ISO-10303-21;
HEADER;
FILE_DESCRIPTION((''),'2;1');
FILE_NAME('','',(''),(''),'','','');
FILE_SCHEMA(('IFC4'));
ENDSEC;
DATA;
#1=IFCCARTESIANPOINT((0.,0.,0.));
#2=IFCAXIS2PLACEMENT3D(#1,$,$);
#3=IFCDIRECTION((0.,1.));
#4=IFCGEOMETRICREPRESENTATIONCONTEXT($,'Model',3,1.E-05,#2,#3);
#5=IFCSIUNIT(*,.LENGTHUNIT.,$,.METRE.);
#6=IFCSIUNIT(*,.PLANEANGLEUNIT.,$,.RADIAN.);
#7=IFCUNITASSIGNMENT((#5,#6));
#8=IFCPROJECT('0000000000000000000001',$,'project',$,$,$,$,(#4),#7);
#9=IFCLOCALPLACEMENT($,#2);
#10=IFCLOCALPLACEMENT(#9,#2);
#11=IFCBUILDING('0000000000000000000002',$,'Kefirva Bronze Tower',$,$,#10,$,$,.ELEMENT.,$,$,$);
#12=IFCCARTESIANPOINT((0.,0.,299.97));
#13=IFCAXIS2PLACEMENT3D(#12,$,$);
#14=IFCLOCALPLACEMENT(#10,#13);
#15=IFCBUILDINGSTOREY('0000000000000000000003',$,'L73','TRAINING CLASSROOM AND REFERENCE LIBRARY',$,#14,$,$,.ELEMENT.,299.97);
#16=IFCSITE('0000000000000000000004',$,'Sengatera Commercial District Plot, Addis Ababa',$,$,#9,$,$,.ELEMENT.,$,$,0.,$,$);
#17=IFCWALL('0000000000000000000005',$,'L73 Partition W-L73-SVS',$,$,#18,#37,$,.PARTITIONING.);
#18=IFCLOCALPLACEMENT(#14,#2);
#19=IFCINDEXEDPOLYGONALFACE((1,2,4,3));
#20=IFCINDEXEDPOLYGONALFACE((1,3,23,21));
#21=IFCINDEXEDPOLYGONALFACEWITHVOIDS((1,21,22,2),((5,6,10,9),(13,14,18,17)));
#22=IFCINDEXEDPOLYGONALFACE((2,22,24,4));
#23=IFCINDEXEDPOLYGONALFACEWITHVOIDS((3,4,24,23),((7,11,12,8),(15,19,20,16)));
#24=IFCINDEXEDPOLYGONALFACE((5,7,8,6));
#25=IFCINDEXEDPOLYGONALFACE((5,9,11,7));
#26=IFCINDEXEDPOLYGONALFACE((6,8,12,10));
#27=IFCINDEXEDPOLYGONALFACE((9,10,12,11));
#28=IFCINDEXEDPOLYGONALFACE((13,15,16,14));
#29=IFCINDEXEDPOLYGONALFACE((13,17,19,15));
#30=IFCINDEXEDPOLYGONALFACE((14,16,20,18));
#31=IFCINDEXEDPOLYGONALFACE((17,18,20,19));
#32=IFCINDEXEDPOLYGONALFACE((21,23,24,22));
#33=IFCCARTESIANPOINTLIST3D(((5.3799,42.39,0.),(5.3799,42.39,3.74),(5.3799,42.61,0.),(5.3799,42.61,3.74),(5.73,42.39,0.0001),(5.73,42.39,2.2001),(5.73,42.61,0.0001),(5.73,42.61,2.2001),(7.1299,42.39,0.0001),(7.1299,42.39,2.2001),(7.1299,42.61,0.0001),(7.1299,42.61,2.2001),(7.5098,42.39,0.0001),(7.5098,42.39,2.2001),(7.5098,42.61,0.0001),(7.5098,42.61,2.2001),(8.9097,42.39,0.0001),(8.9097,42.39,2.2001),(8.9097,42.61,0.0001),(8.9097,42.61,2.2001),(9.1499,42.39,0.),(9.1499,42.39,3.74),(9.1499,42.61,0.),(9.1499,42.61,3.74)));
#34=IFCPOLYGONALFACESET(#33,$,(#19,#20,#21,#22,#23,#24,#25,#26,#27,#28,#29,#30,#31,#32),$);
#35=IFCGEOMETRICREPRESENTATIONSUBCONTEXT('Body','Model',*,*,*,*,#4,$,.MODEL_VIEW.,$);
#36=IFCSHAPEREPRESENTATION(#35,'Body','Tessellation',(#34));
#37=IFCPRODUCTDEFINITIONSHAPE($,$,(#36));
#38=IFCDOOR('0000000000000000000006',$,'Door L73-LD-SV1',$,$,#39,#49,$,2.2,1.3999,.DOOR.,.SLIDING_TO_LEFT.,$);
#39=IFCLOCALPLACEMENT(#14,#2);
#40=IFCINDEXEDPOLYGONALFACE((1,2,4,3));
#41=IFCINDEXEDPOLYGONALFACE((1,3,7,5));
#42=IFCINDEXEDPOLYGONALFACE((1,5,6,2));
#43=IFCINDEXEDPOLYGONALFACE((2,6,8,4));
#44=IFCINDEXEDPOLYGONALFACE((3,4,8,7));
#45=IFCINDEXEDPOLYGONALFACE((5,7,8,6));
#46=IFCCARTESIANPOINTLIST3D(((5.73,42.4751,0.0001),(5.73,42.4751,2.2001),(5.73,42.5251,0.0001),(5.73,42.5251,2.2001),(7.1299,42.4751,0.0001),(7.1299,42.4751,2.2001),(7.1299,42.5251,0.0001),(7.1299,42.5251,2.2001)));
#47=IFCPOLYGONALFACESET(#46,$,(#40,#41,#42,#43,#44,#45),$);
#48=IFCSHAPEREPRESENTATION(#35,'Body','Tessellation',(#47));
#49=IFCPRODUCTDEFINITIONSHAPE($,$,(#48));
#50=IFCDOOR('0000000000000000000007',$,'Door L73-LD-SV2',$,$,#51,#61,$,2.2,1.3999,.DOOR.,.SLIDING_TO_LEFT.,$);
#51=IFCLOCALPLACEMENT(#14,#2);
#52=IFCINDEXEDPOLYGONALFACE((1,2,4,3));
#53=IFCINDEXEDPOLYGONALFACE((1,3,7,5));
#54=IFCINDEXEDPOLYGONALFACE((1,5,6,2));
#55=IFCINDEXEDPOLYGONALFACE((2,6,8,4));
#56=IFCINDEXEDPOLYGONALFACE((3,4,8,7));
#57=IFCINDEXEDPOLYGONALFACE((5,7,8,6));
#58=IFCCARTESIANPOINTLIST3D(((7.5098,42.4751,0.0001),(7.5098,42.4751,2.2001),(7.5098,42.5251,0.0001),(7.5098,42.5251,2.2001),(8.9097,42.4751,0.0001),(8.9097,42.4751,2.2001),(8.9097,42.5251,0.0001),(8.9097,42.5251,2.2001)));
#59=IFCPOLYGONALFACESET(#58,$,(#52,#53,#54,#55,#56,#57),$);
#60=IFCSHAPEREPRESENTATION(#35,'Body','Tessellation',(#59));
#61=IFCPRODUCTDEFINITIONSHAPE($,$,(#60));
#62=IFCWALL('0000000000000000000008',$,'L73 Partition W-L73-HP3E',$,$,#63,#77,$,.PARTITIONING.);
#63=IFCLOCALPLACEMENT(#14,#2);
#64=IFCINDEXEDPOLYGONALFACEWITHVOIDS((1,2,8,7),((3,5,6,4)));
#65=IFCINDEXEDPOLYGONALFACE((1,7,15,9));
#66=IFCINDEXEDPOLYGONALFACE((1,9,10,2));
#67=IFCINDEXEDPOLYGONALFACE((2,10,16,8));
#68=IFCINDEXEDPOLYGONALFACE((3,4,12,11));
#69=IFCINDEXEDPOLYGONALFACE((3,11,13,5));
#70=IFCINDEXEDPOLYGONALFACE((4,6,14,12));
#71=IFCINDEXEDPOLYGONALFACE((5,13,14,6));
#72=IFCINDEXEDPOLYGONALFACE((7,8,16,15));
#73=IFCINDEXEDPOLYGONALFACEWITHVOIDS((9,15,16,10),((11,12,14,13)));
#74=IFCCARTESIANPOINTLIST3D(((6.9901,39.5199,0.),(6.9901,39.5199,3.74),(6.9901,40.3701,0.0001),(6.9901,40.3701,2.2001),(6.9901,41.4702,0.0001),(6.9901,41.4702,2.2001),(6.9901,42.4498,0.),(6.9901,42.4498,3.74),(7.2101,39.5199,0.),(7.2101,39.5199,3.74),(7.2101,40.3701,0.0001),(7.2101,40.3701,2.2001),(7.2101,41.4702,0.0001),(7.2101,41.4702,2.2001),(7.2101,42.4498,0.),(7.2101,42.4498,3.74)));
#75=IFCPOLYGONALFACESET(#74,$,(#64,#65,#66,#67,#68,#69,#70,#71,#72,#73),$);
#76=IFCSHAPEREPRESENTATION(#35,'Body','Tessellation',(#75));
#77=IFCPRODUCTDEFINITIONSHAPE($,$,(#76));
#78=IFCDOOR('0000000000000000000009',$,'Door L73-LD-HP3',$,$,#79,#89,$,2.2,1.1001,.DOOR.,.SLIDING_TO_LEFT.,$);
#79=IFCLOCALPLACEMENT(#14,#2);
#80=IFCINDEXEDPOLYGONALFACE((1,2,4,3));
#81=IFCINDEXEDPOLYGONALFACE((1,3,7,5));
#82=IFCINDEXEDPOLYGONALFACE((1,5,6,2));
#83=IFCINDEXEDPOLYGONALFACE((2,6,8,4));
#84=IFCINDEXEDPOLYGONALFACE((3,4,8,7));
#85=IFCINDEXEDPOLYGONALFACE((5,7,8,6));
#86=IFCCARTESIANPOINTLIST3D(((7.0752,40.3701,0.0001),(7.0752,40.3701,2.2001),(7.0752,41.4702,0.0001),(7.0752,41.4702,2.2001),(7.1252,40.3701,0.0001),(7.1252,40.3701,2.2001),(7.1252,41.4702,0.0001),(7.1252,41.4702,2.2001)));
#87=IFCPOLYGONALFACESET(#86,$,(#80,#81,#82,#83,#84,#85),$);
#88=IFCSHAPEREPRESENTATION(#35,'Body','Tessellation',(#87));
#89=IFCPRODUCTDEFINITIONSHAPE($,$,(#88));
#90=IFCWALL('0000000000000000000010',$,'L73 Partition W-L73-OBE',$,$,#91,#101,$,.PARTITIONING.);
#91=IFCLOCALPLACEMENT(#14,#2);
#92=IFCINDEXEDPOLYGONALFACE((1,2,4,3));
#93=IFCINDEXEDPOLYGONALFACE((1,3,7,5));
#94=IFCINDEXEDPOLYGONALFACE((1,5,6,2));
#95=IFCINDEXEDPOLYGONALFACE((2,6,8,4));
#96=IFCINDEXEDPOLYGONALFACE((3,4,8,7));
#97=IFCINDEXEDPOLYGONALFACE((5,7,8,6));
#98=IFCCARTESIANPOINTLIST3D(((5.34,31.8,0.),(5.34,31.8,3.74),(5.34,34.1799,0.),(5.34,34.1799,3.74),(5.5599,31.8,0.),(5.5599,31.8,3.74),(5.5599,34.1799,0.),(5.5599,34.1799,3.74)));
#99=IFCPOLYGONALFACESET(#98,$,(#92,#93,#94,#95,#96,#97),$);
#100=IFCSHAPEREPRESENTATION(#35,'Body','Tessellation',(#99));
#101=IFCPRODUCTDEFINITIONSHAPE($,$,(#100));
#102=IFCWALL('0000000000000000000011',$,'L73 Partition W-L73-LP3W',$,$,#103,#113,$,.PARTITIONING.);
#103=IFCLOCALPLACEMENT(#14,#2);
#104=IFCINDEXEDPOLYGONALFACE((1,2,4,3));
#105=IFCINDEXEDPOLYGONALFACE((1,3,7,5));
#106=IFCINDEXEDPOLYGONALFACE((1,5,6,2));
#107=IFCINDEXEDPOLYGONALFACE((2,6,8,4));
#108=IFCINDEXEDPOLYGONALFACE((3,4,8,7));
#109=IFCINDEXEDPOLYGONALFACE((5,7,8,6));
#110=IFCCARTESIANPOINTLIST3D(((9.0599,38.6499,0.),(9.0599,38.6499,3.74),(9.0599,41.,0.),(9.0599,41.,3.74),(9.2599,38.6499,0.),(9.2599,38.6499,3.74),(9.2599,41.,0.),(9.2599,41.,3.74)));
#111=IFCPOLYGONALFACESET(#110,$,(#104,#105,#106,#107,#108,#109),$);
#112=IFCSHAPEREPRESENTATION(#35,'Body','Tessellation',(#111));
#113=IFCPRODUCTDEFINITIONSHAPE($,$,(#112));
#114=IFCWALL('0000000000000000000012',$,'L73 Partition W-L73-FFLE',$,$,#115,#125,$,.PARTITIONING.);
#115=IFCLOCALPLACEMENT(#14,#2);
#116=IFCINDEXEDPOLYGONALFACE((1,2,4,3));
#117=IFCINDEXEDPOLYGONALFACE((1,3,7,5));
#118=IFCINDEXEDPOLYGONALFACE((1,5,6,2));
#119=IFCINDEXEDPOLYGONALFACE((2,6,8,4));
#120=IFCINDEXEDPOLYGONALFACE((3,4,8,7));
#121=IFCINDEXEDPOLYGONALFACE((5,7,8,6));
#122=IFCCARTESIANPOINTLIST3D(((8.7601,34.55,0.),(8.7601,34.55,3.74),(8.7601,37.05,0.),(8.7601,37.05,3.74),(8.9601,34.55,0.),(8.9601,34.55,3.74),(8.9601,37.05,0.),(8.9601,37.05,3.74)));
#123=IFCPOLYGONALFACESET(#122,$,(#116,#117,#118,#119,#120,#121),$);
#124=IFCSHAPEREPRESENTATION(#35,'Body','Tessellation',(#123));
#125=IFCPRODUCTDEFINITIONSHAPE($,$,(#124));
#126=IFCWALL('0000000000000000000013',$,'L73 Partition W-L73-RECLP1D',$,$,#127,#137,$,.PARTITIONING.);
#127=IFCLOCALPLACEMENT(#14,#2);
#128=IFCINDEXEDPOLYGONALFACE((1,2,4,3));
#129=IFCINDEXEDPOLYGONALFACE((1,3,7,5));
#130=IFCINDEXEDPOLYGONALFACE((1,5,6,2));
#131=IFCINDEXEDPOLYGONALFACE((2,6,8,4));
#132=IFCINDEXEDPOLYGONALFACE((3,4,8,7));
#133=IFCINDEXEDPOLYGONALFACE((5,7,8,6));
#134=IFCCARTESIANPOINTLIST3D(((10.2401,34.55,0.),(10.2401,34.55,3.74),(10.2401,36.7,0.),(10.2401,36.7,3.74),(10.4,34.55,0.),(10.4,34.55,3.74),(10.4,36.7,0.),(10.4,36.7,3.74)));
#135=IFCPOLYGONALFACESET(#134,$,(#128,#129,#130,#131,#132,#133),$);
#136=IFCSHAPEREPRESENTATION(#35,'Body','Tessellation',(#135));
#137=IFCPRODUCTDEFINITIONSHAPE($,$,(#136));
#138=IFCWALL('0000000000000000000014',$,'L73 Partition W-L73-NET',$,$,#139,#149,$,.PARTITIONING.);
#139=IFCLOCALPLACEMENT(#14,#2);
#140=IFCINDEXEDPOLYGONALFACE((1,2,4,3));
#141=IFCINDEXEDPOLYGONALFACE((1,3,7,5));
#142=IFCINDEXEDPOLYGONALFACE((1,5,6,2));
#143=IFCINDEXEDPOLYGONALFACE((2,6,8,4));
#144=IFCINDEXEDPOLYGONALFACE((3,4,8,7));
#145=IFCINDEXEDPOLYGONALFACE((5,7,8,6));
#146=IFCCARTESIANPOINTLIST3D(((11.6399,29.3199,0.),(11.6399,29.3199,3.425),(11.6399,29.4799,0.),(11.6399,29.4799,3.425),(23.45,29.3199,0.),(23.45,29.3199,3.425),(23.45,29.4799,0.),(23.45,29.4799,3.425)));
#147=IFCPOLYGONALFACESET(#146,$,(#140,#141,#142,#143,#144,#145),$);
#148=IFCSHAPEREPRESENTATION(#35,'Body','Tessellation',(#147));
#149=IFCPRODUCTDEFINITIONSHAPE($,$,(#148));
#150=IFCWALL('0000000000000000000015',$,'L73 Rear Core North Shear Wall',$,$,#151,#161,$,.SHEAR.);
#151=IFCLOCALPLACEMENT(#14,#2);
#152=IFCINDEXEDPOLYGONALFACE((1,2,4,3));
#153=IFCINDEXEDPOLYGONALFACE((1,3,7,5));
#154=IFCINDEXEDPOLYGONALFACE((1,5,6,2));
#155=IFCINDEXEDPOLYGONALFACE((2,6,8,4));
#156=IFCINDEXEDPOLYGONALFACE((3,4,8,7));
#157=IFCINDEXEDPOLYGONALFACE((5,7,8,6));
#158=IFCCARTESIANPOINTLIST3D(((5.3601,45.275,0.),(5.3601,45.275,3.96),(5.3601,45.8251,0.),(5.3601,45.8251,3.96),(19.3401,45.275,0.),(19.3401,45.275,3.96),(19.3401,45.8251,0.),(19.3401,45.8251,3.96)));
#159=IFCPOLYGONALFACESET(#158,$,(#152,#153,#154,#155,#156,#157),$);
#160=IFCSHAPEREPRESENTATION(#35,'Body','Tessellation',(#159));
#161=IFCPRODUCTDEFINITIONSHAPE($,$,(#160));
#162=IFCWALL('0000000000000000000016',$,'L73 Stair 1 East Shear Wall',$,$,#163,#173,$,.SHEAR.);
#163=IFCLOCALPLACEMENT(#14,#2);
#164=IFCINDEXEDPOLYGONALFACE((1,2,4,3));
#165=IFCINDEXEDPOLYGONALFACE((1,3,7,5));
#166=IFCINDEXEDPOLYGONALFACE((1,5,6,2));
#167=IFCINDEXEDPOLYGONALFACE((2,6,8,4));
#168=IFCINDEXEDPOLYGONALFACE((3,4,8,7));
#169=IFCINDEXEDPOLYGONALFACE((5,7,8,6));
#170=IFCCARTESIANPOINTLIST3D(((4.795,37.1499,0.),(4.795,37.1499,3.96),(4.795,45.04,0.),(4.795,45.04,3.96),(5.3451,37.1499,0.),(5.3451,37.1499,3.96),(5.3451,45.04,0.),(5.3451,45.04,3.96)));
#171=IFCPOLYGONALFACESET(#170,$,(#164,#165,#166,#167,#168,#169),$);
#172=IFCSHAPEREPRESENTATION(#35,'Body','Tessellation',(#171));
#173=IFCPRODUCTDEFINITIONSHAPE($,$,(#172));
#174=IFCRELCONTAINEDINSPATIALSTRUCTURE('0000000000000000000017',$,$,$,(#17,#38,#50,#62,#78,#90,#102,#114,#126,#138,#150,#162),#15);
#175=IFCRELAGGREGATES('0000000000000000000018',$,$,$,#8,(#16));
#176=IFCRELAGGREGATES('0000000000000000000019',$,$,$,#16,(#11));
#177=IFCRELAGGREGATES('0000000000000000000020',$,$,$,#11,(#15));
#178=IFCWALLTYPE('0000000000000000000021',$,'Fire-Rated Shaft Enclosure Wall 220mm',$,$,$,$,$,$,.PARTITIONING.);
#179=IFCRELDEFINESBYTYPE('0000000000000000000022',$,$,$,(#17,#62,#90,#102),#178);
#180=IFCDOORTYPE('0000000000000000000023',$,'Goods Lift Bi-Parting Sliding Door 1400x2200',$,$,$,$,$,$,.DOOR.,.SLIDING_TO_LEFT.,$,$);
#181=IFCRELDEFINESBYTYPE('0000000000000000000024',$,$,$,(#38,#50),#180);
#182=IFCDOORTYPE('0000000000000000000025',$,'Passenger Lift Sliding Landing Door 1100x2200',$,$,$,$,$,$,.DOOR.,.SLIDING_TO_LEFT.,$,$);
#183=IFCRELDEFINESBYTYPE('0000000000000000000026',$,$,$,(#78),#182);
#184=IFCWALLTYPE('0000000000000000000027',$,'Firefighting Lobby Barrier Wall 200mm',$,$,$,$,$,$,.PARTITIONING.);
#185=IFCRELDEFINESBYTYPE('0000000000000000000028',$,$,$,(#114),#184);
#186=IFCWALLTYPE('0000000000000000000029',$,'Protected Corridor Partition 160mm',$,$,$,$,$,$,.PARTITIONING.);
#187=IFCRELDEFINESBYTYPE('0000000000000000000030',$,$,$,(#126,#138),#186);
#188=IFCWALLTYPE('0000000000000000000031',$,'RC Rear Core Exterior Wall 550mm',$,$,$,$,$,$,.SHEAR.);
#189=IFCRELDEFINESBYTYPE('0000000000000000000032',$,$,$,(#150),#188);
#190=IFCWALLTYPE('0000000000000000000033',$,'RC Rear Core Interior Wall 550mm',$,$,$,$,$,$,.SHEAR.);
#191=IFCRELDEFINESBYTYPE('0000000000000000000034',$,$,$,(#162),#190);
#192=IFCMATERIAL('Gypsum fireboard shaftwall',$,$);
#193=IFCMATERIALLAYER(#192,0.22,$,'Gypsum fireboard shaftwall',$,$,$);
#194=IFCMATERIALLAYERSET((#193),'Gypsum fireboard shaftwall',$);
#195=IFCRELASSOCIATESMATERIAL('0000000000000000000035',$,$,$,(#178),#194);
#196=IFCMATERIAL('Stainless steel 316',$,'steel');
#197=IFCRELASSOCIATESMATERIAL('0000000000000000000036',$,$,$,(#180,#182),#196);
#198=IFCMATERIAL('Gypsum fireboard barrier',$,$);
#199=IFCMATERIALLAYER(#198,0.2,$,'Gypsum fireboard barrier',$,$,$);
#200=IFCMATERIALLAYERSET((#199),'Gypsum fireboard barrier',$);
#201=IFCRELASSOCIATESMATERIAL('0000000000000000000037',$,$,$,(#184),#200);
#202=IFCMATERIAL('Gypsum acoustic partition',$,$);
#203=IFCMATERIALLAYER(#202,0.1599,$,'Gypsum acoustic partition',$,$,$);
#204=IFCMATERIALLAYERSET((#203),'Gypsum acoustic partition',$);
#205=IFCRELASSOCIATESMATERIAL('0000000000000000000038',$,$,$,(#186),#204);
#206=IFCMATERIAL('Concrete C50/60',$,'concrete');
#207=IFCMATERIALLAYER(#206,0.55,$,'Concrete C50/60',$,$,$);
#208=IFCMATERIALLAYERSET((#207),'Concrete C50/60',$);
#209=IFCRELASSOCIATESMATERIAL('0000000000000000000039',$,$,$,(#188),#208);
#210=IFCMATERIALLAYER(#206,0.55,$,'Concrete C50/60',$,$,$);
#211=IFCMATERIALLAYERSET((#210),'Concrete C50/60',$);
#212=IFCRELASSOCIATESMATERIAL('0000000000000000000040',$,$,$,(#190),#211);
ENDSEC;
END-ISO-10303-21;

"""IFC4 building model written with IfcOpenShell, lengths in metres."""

from ifc_helpers import new_model, si_unit, direction, frame, frame_2d, origin, place, context, subcontext, project, spatial, rectangle, extrude, material, layer, layer_set, type_object, element, fill, save


model = new_model("IFC4")

# Units and contexts
model_context = context("Model", 3, precision=1e-05, world=origin(), true_north=direction((0.0, 1.0)))
body_context = subcontext(model_context, "Body", "Model", "MODEL_VIEW")
ifc_project = project(units=[si_unit("LENGTHUNIT", "METRE"), si_unit("PLANEANGLEUNIT", "RADIAN")], contexts=[model_context])

# Site, building, storey
site_placement = place(None, origin())
site = spatial("IfcSite", under=ifc_project, at=site_placement, Name="Sengatera Commercial District Plot, Addis Ababa", CompositionType="ELEMENT", RefElevation=0.0)
building_placement = place(site_placement, origin())
building = spatial("IfcBuilding", under=site, at=building_placement, Name="Kefirva Bronze Tower", CompositionType="ELEMENT")
storey_placement = place(building_placement, frame((0.0, 0.0, 299.97)))
storey = spatial("IfcBuildingStorey", under=building, at=storey_placement, Name="L73", Description="TRAINING CLASSROOM AND REFERENCE LIBRARY", CompositionType="ELEMENT", Elevation=299.97)

# Shared definitions
ifc_material_1 = material(Name="Concrete C50/60", Category="concrete")

# Shared definitions
ifc_material_2 = material(Name="Gypsum fireboard shaftwall")
ifc_layer_1 = layer(ifc_material_2, 0.22, Name="Gypsum fireboard shaftwall")
ifc_layer_set_1 = layer_set([ifc_layer_1], Name="Gypsum fireboard shaftwall")
wall_type_1 = type_object("IfcWallType", Name="Fire-Rated Shaft Enclosure Wall 220mm", PredefinedType="PARTITIONING", material=ifc_layer_set_1)
ifc_material_3 = material(Name="Stainless steel 316", Category="steel")

# Wall, openings, doors
wall_1_placement = place(storey_placement, frame((5.3799, 42.5, 0.0), z_axis=(0.0, 0.0, 1.0), x_axis=(1.0, 0.0, 0.0)))
wall_1 = element("IfcWall", 1, at=wall_1_placement, inside=storey, type_object=wall_type_1, Name="L73 Partition W-L73-SVS", PredefinedType="PARTITIONING", context=body_context, shape_type="SweptSolid", body=[
    extrude(rectangle(XDim=3.77, YDim=0.22, at=frame_2d((1.885, 0.0))), origin(), (0.0, 0.0, 1.0), 3.74),
])
opening_1_placement = place(wall_1_placement, frame((1.75, 0.0, 0.0), z_axis=(0.0, 0.0, 1.0), x_axis=(-1.0, 0.0, 0.0)))
opening_1 = element("IfcOpeningElement", 2, at=opening_1_placement, cuts=wall_1, PredefinedType="OPENING", context=body_context, shape_type="SweptSolid", body=[
    extrude(rectangle(XDim=1.3999, YDim=2.2, at=frame_2d((0.7, 1.1001))), frame((0.0, 0.1201, 0.0), z_axis=(0.0, -1.0, 0.0), x_axis=(1.0, 0.0, 0.0)), (0.0, 0.0, 1.0), 0.24),
])
opening_2_placement = place(wall_1_placement, frame((3.5298, 0.0, 0.0), z_axis=(0.0, 0.0, 1.0), x_axis=(-1.0, 0.0, 0.0)))
opening_2 = element("IfcOpeningElement", 3, at=opening_2_placement, cuts=wall_1, PredefinedType="OPENING", context=body_context, shape_type="SweptSolid", body=[
    extrude(rectangle(XDim=1.3999, YDim=2.2, at=frame_2d((0.7, 1.1001))), frame((0.0, 0.1201, 0.0), z_axis=(0.0, -1.0, 0.0), x_axis=(1.0, 0.0, 0.0)), (0.0, 0.0, 1.0), 0.24),
])
door_type_1 = type_object("IfcDoorType", Name="Goods Lift Bi-Parting Sliding Door 1400x2200", OperationType="SLIDING_TO_LEFT", PredefinedType="DOOR", material=ifc_material_3)
door_1_placement = place(opening_1_placement, origin())
door_1 = element("IfcDoor", 4, at=door_1_placement, inside=storey, type_object=door_type_1, Name="Door L73-LD-SV1", OperationType="SLIDING_TO_LEFT", OverallHeight=2.2, OverallWidth=1.3999, PredefinedType="DOOR", context=body_context, shape_type="SweptSolid", body=[
    extrude(rectangle(XDim=1.3999, YDim=2.2, at=frame_2d((0.7, 1.1001))), frame((0.0, 0.0249, 0.0), z_axis=(0.0, -1.0, 0.0), x_axis=(1.0, 0.0, 0.0)), (0.0, 0.0, 1.0), 0.05),
])
fill(opening_1, door_1)
door_2_placement = place(opening_2_placement, origin())
door_2 = element("IfcDoor", 5, at=door_2_placement, inside=storey, type_object=door_type_1, Name="Door L73-LD-SV2", OperationType="SLIDING_TO_LEFT", OverallHeight=2.2, OverallWidth=1.3999, PredefinedType="DOOR", context=body_context, shape_type="SweptSolid", body=[
    extrude(rectangle(XDim=1.3999, YDim=2.2, at=frame_2d((0.7, 1.1001))), frame((0.0, 0.0249, 0.0), z_axis=(0.0, -1.0, 0.0), x_axis=(1.0, 0.0, 0.0)), (0.0, 0.0, 1.0), 0.05),
])
fill(opening_2, door_2)

# Wall, opening, door
wall_2_placement = place(storey_placement, frame((7.1001, 39.52, 0.0), z_axis=(0.0, 0.0, 1.0), x_axis=(0.0, 1.0, 0.0)))
wall_2 = element("IfcWall", 6, at=wall_2_placement, inside=storey, type_object=wall_type_1, Name="L73 Partition W-L73-HP3E", PredefinedType="PARTITIONING", context=body_context, shape_type="SweptSolid", body=[
    extrude(rectangle(XDim=2.9299, YDim=0.22, at=frame_2d((1.4648, 0.0))), origin(), (0.0, 0.0, 1.0), 3.74),
])
opening_3_placement = place(wall_2_placement, frame((0.8501, 0.0, 0.0)))
opening_3 = element("IfcOpeningElement", 7, at=opening_3_placement, cuts=wall_2, PredefinedType="OPENING", context=body_context, shape_type="SweptSolid", body=[
    extrude(rectangle(XDim=1.1001, YDim=2.2, at=frame_2d((0.55, 1.1001))), frame((0.0, 0.1201, 0.0), z_axis=(0.0, -1.0, 0.0), x_axis=(1.0, 0.0, 0.0)), (0.0, 0.0, 1.0), 0.24),
])
door_type_2 = type_object("IfcDoorType", Name="Passenger Lift Sliding Landing Door 1100x2200", OperationType="SLIDING_TO_LEFT", PredefinedType="DOOR", material=ifc_material_3)
door_3_placement = place(opening_3_placement, origin())
door_3 = element("IfcDoor", 8, at=door_3_placement, inside=storey, type_object=door_type_2, Name="Door L73-LD-HP3", OperationType="SLIDING_TO_LEFT", OverallHeight=2.2, OverallWidth=1.1001, PredefinedType="DOOR", context=body_context, shape_type="SweptSolid", body=[
    extrude(rectangle(XDim=1.1001, YDim=2.2, at=frame_2d((0.55, 1.1001))), frame((0.0, 0.0249, 0.0), z_axis=(0.0, -1.0, 0.0), x_axis=(1.0, 0.0, 0.0)), (0.0, 0.0, 1.0), 0.05),
])
fill(opening_3, door_3)

# Walls
wall_3_placement = place(storey_placement, frame((5.45, 31.8, 0.0), z_axis=(0.0, 0.0, 1.0), x_axis=(0.0, 1.0, 0.0)))
element("IfcWall", 9, at=wall_3_placement, inside=storey, type_object=wall_type_1, Name="L73 Partition W-L73-OBE", PredefinedType="PARTITIONING", context=body_context, shape_type="SweptSolid", body=[
    extrude(rectangle(XDim=2.3799, YDim=0.22, at=frame_2d((1.1899, 0.0))), origin(), (0.0, 0.0, 1.0), 3.74),
])
wall_4_placement = place(storey_placement, frame((9.1599, 38.6499, 0.0), z_axis=(0.0, 0.0, 1.0), x_axis=(0.0, 1.0, 0.0)))
element("IfcWall", 10, at=wall_4_placement, inside=storey, type_object=wall_type_1, Name="L73 Partition W-L73-LP3W", PredefinedType="PARTITIONING", context=body_context, shape_type="SweptSolid", body=[
    extrude(rectangle(XDim=2.3501, YDim=0.2, at=frame_2d((1.175, 0.0))), origin(), (0.0, 0.0, 1.0), 3.74),
])
ifc_material_4 = material(Name="Gypsum fireboard barrier")
ifc_layer_2 = layer(ifc_material_4, 0.2, Name="Gypsum fireboard barrier")
ifc_layer_set_2 = layer_set([ifc_layer_2], Name="Gypsum fireboard barrier")
wall_type_2 = type_object("IfcWallType", Name="Firefighting Lobby Barrier Wall 200mm", PredefinedType="PARTITIONING", material=ifc_layer_set_2)
wall_5_placement = place(storey_placement, frame((8.8601, 34.55, 0.0), z_axis=(0.0, 0.0, 1.0), x_axis=(0.0, 1.0, 0.0)))
element("IfcWall", 11, at=wall_5_placement, inside=storey, type_object=wall_type_2, Name="L73 Partition W-L73-FFLE", PredefinedType="PARTITIONING", context=body_context, shape_type="SweptSolid", body=[
    extrude(rectangle(XDim=2.5, YDim=0.2, at=frame_2d((1.25, 0.0))), origin(), (0.0, 0.0, 1.0), 3.74),
])

# Shared definitions
ifc_material_5 = material(Name="Gypsum acoustic partition")
ifc_layer_3 = layer(ifc_material_5, 0.1599, Name="Gypsum acoustic partition")
ifc_layer_set_3 = layer_set([ifc_layer_3], Name="Gypsum acoustic partition")
wall_type_3 = type_object("IfcWallType", Name="Protected Corridor Partition 160mm", PredefinedType="PARTITIONING", material=ifc_layer_set_3)

# Wall
wall_6_placement = place(storey_placement, frame((10.3201, 34.55, 0.0), z_axis=(0.0, 0.0, 1.0), x_axis=(0.0, 1.0, 0.0)))
element("IfcWall", 12, at=wall_6_placement, inside=storey, type_object=wall_type_3, Name="L73 Partition W-L73-RECLP1D", PredefinedType="PARTITIONING", context=body_context, shape_type="SweptSolid", body=[
    extrude(rectangle(XDim=2.1499, YDim=0.1599, at=frame_2d((1.075, 0.0))), origin(), (0.0, 0.0, 1.0), 3.74),
])

# Walls
wall_7_placement = place(storey_placement, frame((11.6399, 29.3999, 0.0), z_axis=(0.0, 0.0, 1.0), x_axis=(1.0, 0.0, 0.0)))
element("IfcWall", 13, at=wall_7_placement, inside=storey, type_object=wall_type_3, Name="L73 Partition W-L73-NET", PredefinedType="PARTITIONING", context=body_context, shape_type="SweptSolid", body=[
    extrude(rectangle(XDim=11.8101, YDim=0.1599, at=frame_2d((5.905, 0.0))), origin(), (0.0, 0.0, 1.0), 3.425),
])
ifc_layer_4 = layer(ifc_material_1, 0.55, Name="Concrete C50/60")
ifc_layer_set_4 = layer_set([ifc_layer_4], Name="Concrete C50/60")
wall_type_4 = type_object("IfcWallType", Name="RC Rear Core Exterior Wall 550mm", PredefinedType="SHEAR", material=ifc_layer_set_4)
wall_8_placement = place(storey_placement, frame((5.3601, 45.55, 0.0), z_axis=(0.0, 0.0, 1.0), x_axis=(1.0, 0.0, 0.0)))
element("IfcWall", 14, at=wall_8_placement, inside=storey, type_object=wall_type_4, Name="L73 Rear Core North Shear Wall", PredefinedType="SHEAR", context=body_context, shape_type="SweptSolid", body=[
    extrude(rectangle(XDim=13.98, YDim=0.55, at=frame_2d((6.99, 0.0))), origin(), (0.0, 0.0, 1.0), 3.96),
])
ifc_layer_5 = layer(ifc_material_1, 0.55, Name="Concrete C50/60")
ifc_layer_set_5 = layer_set([ifc_layer_5], Name="Concrete C50/60")
wall_type_5 = type_object("IfcWallType", Name="RC Rear Core Interior Wall 550mm", PredefinedType="SHEAR", material=ifc_layer_set_5)
wall_9_placement = place(storey_placement, frame((5.0701, 37.1499, 0.0), z_axis=(0.0, 0.0, 1.0), x_axis=(0.0, 1.0, 0.0)))
element("IfcWall", 15, at=wall_9_placement, inside=storey, type_object=wall_type_5, Name="L73 Stair 1 East Shear Wall", PredefinedType="SHEAR", context=body_context, shape_type="SweptSolid", body=[
    extrude(rectangle(XDim=7.8901, YDim=0.55, at=frame_2d((3.9451, 0.0))), origin(), (0.0, 0.0, 1.0), 3.96),
])

save(model, "model.ifc")
